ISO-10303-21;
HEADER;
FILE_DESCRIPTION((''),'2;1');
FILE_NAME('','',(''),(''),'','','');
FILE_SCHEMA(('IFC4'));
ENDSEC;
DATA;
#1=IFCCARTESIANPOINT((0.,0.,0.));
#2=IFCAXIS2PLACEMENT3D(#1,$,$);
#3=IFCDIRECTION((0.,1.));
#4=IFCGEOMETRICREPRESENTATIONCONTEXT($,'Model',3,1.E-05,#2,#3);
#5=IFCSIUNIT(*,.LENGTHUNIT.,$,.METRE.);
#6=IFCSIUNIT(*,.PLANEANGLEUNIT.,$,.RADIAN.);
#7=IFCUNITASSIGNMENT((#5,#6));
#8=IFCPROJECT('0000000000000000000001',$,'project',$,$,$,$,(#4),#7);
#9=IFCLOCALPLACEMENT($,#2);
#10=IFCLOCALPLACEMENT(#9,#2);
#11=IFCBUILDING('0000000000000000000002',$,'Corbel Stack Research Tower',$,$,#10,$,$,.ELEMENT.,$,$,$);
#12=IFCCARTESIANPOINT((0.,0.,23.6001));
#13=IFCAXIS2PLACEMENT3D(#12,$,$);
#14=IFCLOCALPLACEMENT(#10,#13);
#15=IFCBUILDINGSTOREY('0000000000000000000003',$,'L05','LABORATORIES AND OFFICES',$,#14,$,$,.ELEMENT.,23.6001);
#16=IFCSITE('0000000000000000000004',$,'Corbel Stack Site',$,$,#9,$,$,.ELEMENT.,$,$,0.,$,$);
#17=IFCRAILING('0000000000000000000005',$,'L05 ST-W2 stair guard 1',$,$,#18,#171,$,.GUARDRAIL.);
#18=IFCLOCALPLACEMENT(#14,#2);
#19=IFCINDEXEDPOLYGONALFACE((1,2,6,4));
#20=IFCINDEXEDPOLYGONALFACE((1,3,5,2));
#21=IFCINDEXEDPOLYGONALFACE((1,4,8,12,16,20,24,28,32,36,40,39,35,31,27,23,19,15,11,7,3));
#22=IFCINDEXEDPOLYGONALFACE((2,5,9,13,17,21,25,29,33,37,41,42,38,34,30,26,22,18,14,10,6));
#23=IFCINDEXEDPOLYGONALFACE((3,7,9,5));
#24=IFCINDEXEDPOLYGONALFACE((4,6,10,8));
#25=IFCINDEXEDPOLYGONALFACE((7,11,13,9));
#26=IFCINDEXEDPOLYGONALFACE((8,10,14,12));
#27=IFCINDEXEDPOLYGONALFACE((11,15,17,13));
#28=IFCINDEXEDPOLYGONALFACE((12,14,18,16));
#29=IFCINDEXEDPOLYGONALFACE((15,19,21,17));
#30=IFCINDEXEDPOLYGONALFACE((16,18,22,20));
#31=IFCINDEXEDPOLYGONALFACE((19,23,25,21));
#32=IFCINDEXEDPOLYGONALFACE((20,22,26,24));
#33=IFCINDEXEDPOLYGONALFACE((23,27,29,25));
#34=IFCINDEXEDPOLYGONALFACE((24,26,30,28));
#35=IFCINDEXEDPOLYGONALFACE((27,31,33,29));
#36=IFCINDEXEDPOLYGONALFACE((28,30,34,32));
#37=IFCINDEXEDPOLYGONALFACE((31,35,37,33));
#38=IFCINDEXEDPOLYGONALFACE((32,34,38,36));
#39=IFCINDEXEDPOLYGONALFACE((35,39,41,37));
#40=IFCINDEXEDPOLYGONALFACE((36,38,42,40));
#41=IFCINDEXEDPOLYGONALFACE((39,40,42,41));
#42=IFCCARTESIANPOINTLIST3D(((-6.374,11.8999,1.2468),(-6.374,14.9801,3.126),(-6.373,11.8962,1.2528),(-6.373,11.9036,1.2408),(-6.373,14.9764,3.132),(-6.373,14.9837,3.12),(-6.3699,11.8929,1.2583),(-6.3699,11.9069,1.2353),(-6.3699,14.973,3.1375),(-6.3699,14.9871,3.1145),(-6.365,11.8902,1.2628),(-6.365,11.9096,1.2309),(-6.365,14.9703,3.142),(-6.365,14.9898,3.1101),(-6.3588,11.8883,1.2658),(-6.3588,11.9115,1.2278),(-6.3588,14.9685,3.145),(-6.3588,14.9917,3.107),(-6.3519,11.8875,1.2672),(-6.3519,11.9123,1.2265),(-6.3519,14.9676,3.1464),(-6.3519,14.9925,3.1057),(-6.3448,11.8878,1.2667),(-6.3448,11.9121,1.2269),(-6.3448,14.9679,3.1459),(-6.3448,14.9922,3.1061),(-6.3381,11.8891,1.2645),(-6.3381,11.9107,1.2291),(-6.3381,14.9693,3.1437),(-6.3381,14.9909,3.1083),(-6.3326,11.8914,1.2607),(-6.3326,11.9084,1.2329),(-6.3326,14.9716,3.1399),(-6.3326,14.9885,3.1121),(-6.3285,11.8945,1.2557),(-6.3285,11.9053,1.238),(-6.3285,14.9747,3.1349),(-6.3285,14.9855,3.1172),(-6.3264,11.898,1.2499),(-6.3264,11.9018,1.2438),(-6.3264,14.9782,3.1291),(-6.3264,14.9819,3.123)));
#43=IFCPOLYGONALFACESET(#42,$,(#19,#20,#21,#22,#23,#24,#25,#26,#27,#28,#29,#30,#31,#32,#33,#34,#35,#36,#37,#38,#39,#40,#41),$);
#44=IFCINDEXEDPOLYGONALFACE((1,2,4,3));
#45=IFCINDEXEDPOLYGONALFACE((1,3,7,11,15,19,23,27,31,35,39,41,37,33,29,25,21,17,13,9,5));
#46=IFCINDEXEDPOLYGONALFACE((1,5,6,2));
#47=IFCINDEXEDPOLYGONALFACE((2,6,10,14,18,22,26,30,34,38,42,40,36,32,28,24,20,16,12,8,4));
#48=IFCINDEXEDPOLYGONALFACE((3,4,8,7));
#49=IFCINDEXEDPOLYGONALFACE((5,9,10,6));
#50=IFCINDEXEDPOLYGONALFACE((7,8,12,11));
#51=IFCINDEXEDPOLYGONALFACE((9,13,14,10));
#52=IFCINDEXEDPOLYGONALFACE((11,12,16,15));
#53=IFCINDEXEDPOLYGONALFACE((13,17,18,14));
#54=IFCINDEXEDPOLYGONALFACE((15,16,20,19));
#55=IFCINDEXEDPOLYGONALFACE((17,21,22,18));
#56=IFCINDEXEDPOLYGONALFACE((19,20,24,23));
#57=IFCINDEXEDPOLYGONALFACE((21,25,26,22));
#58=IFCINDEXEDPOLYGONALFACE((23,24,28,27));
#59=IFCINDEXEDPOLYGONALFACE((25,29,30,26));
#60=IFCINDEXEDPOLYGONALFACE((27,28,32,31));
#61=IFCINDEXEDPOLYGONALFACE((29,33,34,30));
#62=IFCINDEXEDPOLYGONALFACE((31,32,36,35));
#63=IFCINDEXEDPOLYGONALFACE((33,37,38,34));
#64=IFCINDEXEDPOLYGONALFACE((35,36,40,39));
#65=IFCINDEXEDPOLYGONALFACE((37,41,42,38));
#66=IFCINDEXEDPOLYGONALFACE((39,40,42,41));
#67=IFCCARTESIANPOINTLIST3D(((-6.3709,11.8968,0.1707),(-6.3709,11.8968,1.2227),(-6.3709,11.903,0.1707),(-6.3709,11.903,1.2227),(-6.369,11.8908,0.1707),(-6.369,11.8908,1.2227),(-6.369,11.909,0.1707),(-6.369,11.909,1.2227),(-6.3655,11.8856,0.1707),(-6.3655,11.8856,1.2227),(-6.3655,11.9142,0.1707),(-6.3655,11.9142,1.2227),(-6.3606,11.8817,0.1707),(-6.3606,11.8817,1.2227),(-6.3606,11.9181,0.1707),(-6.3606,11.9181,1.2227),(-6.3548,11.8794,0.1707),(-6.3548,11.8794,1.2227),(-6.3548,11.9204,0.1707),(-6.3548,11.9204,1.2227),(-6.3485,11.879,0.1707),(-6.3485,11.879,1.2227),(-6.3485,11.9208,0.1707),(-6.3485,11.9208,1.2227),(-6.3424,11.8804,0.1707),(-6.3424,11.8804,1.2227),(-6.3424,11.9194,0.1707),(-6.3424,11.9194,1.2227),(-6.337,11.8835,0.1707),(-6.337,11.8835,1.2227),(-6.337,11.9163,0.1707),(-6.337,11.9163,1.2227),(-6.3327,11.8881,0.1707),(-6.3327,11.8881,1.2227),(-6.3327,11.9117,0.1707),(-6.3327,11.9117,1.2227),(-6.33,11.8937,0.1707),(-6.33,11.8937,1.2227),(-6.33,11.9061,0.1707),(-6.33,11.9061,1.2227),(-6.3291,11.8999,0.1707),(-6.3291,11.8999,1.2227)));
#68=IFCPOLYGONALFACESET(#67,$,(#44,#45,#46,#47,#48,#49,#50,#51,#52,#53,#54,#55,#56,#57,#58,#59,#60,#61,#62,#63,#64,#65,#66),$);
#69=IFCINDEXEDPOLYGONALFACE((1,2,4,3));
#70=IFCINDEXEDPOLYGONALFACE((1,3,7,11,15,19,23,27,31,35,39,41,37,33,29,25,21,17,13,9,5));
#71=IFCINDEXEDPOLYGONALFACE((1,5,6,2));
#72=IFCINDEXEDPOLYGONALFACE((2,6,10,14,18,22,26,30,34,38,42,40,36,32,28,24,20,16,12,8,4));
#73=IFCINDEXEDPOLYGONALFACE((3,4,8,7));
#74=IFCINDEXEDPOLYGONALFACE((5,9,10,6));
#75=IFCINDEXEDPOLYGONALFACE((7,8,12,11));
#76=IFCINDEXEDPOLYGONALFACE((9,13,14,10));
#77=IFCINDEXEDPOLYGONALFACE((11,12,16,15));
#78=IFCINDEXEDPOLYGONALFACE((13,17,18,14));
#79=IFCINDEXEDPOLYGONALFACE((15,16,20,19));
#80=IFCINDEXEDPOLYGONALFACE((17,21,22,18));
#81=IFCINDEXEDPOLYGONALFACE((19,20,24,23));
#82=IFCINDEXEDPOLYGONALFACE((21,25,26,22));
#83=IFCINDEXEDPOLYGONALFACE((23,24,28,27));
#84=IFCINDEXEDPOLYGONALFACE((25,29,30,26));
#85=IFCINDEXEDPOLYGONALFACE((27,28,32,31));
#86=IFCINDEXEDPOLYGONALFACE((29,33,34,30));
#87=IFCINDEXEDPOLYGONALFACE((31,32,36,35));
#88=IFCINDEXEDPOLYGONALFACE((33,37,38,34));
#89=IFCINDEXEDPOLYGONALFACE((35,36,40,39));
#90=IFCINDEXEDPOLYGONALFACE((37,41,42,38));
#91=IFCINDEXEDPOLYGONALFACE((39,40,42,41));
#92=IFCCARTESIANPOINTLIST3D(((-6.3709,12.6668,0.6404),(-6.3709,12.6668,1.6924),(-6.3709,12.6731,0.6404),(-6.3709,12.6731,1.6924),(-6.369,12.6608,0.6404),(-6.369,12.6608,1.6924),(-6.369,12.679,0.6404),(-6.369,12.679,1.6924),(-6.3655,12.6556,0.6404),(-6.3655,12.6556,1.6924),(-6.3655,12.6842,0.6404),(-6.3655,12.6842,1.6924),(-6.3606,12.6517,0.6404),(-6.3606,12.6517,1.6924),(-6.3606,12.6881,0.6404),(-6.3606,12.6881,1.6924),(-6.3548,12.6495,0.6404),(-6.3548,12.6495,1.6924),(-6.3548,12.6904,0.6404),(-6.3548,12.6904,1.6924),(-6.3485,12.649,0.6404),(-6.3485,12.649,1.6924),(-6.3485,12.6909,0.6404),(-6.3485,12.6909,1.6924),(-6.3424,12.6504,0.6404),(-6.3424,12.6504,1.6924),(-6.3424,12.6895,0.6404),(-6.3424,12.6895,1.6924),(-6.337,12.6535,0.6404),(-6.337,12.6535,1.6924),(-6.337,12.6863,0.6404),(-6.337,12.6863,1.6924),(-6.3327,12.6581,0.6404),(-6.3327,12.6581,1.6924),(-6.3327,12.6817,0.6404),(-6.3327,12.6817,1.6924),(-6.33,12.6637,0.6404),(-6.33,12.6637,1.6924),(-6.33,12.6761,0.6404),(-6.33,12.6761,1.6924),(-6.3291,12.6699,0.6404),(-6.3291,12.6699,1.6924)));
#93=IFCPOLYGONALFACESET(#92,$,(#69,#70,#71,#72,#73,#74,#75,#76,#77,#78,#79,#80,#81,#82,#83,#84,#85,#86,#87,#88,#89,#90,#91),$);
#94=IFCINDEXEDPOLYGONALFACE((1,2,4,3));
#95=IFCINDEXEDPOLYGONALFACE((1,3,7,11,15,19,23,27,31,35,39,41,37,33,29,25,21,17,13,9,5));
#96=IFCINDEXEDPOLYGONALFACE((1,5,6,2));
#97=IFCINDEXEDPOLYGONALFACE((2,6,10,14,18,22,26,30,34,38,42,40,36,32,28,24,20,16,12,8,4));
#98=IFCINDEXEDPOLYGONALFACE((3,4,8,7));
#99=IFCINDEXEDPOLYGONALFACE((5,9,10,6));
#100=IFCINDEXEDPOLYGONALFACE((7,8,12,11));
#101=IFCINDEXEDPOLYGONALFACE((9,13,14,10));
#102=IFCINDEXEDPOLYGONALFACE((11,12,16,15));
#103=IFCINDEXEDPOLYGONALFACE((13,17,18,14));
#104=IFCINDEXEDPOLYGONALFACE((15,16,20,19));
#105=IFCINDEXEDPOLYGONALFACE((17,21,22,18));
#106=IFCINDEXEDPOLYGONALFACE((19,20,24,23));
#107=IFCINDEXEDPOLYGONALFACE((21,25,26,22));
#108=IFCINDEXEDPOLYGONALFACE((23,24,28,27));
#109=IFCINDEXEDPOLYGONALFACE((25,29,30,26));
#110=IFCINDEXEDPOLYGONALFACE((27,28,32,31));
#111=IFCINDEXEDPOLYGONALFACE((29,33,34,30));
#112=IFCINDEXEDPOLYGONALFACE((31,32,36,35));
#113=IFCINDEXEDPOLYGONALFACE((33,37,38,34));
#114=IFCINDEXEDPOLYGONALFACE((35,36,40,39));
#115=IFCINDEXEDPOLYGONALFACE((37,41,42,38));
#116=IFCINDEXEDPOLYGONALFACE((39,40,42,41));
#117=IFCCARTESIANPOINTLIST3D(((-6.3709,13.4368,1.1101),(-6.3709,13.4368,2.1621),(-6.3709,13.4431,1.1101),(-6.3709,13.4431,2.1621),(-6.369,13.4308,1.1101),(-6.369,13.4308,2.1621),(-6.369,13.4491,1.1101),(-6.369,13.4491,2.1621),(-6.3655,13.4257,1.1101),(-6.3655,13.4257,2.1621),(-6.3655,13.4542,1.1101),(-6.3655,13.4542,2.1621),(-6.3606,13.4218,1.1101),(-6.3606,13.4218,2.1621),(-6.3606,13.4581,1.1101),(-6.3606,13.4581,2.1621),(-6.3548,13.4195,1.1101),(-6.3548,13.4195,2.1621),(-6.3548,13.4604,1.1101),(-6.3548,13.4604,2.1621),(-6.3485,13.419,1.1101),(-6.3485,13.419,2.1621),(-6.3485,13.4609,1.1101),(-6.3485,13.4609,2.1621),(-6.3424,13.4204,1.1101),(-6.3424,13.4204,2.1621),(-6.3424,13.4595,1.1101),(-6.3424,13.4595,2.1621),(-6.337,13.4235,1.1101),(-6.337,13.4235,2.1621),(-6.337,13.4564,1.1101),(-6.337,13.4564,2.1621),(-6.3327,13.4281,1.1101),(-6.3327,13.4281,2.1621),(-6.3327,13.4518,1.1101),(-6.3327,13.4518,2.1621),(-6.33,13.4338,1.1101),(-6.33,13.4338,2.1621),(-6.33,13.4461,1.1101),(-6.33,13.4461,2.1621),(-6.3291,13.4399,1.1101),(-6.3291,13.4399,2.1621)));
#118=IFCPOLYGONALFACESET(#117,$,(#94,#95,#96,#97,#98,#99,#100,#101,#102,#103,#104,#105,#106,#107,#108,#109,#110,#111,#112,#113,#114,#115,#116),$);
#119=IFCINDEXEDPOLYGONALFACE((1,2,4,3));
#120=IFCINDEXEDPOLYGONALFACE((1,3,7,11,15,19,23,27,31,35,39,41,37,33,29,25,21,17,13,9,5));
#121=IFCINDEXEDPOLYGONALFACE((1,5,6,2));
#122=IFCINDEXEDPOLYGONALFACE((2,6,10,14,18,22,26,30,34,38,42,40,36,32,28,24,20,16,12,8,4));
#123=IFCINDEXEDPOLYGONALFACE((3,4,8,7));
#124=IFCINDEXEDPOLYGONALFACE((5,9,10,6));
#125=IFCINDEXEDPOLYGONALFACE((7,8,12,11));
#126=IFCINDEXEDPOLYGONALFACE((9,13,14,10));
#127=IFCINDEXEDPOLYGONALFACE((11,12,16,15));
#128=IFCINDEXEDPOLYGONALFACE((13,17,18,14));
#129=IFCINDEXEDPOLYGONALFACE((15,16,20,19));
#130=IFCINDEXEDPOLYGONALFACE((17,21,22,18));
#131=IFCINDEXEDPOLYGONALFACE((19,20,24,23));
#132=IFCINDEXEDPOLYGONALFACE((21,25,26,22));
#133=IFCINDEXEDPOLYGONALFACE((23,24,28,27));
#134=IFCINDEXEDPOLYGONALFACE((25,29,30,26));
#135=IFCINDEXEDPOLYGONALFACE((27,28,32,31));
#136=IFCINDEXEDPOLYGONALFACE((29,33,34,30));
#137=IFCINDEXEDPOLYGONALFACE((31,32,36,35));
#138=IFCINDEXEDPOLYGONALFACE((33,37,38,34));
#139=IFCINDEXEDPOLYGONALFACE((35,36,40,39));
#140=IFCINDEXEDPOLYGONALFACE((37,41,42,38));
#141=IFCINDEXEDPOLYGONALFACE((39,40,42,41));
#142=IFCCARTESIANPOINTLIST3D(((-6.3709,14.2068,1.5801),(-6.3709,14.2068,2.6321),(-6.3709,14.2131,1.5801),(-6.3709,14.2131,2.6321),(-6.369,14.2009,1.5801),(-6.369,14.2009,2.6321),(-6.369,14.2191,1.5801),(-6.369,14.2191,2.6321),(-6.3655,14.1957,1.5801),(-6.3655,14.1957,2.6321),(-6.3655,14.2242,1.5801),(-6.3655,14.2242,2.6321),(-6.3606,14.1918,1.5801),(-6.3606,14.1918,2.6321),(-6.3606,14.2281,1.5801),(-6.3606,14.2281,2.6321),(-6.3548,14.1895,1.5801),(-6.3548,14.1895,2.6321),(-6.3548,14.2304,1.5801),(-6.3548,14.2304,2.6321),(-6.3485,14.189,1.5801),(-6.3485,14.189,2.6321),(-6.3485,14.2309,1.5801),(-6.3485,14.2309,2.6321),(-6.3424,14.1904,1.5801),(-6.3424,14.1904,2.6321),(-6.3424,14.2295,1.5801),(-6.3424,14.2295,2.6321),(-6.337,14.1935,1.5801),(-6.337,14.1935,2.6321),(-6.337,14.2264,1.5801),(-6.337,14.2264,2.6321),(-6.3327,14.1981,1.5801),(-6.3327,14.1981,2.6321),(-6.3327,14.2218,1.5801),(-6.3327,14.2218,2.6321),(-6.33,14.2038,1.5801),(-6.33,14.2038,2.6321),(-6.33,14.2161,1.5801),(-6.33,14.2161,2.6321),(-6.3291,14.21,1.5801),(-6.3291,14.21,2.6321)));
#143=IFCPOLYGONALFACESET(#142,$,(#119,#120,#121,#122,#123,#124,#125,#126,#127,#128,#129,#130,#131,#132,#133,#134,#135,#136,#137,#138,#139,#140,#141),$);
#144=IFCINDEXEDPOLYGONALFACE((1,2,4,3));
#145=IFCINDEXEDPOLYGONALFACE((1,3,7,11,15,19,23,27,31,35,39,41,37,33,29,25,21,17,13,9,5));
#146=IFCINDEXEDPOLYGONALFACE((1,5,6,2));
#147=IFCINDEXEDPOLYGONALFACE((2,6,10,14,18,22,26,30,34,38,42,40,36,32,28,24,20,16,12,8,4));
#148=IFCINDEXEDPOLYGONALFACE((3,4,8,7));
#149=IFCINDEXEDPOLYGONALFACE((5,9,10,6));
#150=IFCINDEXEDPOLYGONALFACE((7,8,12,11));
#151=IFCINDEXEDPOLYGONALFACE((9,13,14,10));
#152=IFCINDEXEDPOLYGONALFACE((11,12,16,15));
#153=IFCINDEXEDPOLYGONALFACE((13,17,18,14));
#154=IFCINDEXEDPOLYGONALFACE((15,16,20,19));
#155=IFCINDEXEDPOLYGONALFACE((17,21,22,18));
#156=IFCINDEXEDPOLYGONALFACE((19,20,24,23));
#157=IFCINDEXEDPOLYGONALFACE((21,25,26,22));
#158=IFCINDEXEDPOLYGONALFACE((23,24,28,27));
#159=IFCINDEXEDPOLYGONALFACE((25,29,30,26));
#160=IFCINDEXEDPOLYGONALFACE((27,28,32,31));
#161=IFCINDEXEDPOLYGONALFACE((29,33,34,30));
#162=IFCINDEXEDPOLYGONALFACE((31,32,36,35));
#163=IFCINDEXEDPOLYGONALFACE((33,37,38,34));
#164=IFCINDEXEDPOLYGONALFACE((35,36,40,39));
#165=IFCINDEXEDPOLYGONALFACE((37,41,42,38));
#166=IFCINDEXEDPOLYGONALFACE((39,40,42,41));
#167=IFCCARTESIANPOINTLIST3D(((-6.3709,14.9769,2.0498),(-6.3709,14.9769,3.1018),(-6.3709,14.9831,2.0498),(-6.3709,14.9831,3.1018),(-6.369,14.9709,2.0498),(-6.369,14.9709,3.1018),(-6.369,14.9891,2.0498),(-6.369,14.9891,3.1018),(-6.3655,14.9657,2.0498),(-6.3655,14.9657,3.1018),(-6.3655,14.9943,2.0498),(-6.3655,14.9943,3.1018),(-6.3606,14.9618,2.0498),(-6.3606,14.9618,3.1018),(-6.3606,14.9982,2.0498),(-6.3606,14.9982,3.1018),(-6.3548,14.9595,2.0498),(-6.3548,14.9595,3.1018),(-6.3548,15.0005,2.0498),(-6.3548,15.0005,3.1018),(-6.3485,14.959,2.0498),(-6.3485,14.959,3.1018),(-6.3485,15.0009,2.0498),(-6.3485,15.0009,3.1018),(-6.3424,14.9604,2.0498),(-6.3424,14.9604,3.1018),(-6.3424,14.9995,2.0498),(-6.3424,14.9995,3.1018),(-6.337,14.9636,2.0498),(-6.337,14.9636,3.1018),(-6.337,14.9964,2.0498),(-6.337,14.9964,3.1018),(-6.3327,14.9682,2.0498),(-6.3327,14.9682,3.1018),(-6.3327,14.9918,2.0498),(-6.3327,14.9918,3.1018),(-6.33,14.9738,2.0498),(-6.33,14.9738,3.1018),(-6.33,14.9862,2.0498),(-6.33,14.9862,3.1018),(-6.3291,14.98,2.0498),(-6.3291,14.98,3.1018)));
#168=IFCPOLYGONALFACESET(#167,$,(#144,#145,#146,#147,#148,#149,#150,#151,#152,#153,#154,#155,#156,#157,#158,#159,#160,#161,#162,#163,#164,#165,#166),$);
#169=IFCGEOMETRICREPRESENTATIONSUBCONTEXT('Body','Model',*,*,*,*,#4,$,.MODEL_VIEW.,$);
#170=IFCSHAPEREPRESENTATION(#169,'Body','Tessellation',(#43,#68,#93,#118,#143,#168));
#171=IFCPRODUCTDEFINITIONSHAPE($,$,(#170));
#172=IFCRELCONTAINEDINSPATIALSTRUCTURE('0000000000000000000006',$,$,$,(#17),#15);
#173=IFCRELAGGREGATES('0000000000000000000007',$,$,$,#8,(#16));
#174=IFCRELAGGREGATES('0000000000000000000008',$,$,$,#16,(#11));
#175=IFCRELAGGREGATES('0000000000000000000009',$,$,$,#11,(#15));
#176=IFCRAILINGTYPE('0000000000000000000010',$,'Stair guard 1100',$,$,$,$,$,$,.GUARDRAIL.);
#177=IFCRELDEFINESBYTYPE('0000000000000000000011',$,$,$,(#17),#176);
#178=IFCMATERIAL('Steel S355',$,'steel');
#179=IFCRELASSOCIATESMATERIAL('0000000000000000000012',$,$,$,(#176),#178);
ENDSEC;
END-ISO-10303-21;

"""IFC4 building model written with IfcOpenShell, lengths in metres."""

from ifc_helpers import new_model, si_unit, direction, frame, origin, origin_2d, place, context, subcontext, project, spatial, circle, extrude, material, type_object, element, save


model = new_model("IFC4")

# Units and contexts
model_context = context("Model", 3, precision=1e-05, world=origin(), true_north=direction((0.0, 1.0)))
body_context = subcontext(model_context, "Body", "Model", "MODEL_VIEW")
ifc_project = project(units=[si_unit("LENGTHUNIT", "METRE"), si_unit("PLANEANGLEUNIT", "RADIAN")], contexts=[model_context])

# Site, building, storey
site_placement = place(None, origin())
site = spatial("IfcSite", under=ifc_project, at=site_placement, Name="Corbel Stack Site", CompositionType="ELEMENT", RefElevation=0.0)
building_placement = place(site_placement, origin())
building = spatial("IfcBuilding", under=site, at=building_placement, Name="Corbel Stack Research Tower", CompositionType="ELEMENT")
storey_placement = place(building_placement, frame((0.0, 0.0, 23.6001)))
storey = spatial("IfcBuildingStorey", under=building, at=storey_placement, Name="L05", Description="LABORATORIES AND OFFICES", CompositionType="ELEMENT", Elevation=23.6001)

# Railing
ifc_material_1 = material(Name="Steel S355", Category="steel")
railing_type_1 = type_object("IfcRailingType", Name="Stair guard 1100", PredefinedType="GUARDRAIL", material=ifc_material_1)
railing_1_placement = place(storey_placement, frame((-6.3501, 11.8999, 0.1707)))
element("IfcRailing", 1, at=railing_1_placement, inside=storey, type_object=railing_type_1, Name="L05 ST-W2 stair guard 1", PredefinedType="GUARDRAIL", context=body_context, shape_type="SweptSolid", body=[
    extrude(circle(Radius=0.0239, at=origin_2d()), frame((0.0, 0.0, 1.0762), z_axis=(0.0, 0.853666, 0.52082), x_axis=(-1.0, 0.0, 0.0)), (0.0, 0.0, 1.0), 3.6082),
    extrude(circle(Radius=0.021, at=origin_2d()), origin(), (0.0, 0.0, 1.0), 1.052),
    extrude(circle(Radius=0.021, at=origin_2d()), frame((0.0, 0.77, 0.4697)), (0.0, 0.0, 1.0), 1.052),
    extrude(circle(Radius=0.021, at=origin_2d()), frame((0.0, 1.54, 0.9395)), (0.0, 0.0, 1.0), 1.052),
    extrude(circle(Radius=0.021, at=origin_2d()), frame((0.0, 2.3101, 1.4094)), (0.0, 0.0, 1.0), 1.052),
    extrude(circle(Radius=0.021, at=origin_2d()), frame((0.0, 3.0801, 1.8792)), (0.0, 0.0, 1.0), 1.052),
])

save(model, "model.ifc")
